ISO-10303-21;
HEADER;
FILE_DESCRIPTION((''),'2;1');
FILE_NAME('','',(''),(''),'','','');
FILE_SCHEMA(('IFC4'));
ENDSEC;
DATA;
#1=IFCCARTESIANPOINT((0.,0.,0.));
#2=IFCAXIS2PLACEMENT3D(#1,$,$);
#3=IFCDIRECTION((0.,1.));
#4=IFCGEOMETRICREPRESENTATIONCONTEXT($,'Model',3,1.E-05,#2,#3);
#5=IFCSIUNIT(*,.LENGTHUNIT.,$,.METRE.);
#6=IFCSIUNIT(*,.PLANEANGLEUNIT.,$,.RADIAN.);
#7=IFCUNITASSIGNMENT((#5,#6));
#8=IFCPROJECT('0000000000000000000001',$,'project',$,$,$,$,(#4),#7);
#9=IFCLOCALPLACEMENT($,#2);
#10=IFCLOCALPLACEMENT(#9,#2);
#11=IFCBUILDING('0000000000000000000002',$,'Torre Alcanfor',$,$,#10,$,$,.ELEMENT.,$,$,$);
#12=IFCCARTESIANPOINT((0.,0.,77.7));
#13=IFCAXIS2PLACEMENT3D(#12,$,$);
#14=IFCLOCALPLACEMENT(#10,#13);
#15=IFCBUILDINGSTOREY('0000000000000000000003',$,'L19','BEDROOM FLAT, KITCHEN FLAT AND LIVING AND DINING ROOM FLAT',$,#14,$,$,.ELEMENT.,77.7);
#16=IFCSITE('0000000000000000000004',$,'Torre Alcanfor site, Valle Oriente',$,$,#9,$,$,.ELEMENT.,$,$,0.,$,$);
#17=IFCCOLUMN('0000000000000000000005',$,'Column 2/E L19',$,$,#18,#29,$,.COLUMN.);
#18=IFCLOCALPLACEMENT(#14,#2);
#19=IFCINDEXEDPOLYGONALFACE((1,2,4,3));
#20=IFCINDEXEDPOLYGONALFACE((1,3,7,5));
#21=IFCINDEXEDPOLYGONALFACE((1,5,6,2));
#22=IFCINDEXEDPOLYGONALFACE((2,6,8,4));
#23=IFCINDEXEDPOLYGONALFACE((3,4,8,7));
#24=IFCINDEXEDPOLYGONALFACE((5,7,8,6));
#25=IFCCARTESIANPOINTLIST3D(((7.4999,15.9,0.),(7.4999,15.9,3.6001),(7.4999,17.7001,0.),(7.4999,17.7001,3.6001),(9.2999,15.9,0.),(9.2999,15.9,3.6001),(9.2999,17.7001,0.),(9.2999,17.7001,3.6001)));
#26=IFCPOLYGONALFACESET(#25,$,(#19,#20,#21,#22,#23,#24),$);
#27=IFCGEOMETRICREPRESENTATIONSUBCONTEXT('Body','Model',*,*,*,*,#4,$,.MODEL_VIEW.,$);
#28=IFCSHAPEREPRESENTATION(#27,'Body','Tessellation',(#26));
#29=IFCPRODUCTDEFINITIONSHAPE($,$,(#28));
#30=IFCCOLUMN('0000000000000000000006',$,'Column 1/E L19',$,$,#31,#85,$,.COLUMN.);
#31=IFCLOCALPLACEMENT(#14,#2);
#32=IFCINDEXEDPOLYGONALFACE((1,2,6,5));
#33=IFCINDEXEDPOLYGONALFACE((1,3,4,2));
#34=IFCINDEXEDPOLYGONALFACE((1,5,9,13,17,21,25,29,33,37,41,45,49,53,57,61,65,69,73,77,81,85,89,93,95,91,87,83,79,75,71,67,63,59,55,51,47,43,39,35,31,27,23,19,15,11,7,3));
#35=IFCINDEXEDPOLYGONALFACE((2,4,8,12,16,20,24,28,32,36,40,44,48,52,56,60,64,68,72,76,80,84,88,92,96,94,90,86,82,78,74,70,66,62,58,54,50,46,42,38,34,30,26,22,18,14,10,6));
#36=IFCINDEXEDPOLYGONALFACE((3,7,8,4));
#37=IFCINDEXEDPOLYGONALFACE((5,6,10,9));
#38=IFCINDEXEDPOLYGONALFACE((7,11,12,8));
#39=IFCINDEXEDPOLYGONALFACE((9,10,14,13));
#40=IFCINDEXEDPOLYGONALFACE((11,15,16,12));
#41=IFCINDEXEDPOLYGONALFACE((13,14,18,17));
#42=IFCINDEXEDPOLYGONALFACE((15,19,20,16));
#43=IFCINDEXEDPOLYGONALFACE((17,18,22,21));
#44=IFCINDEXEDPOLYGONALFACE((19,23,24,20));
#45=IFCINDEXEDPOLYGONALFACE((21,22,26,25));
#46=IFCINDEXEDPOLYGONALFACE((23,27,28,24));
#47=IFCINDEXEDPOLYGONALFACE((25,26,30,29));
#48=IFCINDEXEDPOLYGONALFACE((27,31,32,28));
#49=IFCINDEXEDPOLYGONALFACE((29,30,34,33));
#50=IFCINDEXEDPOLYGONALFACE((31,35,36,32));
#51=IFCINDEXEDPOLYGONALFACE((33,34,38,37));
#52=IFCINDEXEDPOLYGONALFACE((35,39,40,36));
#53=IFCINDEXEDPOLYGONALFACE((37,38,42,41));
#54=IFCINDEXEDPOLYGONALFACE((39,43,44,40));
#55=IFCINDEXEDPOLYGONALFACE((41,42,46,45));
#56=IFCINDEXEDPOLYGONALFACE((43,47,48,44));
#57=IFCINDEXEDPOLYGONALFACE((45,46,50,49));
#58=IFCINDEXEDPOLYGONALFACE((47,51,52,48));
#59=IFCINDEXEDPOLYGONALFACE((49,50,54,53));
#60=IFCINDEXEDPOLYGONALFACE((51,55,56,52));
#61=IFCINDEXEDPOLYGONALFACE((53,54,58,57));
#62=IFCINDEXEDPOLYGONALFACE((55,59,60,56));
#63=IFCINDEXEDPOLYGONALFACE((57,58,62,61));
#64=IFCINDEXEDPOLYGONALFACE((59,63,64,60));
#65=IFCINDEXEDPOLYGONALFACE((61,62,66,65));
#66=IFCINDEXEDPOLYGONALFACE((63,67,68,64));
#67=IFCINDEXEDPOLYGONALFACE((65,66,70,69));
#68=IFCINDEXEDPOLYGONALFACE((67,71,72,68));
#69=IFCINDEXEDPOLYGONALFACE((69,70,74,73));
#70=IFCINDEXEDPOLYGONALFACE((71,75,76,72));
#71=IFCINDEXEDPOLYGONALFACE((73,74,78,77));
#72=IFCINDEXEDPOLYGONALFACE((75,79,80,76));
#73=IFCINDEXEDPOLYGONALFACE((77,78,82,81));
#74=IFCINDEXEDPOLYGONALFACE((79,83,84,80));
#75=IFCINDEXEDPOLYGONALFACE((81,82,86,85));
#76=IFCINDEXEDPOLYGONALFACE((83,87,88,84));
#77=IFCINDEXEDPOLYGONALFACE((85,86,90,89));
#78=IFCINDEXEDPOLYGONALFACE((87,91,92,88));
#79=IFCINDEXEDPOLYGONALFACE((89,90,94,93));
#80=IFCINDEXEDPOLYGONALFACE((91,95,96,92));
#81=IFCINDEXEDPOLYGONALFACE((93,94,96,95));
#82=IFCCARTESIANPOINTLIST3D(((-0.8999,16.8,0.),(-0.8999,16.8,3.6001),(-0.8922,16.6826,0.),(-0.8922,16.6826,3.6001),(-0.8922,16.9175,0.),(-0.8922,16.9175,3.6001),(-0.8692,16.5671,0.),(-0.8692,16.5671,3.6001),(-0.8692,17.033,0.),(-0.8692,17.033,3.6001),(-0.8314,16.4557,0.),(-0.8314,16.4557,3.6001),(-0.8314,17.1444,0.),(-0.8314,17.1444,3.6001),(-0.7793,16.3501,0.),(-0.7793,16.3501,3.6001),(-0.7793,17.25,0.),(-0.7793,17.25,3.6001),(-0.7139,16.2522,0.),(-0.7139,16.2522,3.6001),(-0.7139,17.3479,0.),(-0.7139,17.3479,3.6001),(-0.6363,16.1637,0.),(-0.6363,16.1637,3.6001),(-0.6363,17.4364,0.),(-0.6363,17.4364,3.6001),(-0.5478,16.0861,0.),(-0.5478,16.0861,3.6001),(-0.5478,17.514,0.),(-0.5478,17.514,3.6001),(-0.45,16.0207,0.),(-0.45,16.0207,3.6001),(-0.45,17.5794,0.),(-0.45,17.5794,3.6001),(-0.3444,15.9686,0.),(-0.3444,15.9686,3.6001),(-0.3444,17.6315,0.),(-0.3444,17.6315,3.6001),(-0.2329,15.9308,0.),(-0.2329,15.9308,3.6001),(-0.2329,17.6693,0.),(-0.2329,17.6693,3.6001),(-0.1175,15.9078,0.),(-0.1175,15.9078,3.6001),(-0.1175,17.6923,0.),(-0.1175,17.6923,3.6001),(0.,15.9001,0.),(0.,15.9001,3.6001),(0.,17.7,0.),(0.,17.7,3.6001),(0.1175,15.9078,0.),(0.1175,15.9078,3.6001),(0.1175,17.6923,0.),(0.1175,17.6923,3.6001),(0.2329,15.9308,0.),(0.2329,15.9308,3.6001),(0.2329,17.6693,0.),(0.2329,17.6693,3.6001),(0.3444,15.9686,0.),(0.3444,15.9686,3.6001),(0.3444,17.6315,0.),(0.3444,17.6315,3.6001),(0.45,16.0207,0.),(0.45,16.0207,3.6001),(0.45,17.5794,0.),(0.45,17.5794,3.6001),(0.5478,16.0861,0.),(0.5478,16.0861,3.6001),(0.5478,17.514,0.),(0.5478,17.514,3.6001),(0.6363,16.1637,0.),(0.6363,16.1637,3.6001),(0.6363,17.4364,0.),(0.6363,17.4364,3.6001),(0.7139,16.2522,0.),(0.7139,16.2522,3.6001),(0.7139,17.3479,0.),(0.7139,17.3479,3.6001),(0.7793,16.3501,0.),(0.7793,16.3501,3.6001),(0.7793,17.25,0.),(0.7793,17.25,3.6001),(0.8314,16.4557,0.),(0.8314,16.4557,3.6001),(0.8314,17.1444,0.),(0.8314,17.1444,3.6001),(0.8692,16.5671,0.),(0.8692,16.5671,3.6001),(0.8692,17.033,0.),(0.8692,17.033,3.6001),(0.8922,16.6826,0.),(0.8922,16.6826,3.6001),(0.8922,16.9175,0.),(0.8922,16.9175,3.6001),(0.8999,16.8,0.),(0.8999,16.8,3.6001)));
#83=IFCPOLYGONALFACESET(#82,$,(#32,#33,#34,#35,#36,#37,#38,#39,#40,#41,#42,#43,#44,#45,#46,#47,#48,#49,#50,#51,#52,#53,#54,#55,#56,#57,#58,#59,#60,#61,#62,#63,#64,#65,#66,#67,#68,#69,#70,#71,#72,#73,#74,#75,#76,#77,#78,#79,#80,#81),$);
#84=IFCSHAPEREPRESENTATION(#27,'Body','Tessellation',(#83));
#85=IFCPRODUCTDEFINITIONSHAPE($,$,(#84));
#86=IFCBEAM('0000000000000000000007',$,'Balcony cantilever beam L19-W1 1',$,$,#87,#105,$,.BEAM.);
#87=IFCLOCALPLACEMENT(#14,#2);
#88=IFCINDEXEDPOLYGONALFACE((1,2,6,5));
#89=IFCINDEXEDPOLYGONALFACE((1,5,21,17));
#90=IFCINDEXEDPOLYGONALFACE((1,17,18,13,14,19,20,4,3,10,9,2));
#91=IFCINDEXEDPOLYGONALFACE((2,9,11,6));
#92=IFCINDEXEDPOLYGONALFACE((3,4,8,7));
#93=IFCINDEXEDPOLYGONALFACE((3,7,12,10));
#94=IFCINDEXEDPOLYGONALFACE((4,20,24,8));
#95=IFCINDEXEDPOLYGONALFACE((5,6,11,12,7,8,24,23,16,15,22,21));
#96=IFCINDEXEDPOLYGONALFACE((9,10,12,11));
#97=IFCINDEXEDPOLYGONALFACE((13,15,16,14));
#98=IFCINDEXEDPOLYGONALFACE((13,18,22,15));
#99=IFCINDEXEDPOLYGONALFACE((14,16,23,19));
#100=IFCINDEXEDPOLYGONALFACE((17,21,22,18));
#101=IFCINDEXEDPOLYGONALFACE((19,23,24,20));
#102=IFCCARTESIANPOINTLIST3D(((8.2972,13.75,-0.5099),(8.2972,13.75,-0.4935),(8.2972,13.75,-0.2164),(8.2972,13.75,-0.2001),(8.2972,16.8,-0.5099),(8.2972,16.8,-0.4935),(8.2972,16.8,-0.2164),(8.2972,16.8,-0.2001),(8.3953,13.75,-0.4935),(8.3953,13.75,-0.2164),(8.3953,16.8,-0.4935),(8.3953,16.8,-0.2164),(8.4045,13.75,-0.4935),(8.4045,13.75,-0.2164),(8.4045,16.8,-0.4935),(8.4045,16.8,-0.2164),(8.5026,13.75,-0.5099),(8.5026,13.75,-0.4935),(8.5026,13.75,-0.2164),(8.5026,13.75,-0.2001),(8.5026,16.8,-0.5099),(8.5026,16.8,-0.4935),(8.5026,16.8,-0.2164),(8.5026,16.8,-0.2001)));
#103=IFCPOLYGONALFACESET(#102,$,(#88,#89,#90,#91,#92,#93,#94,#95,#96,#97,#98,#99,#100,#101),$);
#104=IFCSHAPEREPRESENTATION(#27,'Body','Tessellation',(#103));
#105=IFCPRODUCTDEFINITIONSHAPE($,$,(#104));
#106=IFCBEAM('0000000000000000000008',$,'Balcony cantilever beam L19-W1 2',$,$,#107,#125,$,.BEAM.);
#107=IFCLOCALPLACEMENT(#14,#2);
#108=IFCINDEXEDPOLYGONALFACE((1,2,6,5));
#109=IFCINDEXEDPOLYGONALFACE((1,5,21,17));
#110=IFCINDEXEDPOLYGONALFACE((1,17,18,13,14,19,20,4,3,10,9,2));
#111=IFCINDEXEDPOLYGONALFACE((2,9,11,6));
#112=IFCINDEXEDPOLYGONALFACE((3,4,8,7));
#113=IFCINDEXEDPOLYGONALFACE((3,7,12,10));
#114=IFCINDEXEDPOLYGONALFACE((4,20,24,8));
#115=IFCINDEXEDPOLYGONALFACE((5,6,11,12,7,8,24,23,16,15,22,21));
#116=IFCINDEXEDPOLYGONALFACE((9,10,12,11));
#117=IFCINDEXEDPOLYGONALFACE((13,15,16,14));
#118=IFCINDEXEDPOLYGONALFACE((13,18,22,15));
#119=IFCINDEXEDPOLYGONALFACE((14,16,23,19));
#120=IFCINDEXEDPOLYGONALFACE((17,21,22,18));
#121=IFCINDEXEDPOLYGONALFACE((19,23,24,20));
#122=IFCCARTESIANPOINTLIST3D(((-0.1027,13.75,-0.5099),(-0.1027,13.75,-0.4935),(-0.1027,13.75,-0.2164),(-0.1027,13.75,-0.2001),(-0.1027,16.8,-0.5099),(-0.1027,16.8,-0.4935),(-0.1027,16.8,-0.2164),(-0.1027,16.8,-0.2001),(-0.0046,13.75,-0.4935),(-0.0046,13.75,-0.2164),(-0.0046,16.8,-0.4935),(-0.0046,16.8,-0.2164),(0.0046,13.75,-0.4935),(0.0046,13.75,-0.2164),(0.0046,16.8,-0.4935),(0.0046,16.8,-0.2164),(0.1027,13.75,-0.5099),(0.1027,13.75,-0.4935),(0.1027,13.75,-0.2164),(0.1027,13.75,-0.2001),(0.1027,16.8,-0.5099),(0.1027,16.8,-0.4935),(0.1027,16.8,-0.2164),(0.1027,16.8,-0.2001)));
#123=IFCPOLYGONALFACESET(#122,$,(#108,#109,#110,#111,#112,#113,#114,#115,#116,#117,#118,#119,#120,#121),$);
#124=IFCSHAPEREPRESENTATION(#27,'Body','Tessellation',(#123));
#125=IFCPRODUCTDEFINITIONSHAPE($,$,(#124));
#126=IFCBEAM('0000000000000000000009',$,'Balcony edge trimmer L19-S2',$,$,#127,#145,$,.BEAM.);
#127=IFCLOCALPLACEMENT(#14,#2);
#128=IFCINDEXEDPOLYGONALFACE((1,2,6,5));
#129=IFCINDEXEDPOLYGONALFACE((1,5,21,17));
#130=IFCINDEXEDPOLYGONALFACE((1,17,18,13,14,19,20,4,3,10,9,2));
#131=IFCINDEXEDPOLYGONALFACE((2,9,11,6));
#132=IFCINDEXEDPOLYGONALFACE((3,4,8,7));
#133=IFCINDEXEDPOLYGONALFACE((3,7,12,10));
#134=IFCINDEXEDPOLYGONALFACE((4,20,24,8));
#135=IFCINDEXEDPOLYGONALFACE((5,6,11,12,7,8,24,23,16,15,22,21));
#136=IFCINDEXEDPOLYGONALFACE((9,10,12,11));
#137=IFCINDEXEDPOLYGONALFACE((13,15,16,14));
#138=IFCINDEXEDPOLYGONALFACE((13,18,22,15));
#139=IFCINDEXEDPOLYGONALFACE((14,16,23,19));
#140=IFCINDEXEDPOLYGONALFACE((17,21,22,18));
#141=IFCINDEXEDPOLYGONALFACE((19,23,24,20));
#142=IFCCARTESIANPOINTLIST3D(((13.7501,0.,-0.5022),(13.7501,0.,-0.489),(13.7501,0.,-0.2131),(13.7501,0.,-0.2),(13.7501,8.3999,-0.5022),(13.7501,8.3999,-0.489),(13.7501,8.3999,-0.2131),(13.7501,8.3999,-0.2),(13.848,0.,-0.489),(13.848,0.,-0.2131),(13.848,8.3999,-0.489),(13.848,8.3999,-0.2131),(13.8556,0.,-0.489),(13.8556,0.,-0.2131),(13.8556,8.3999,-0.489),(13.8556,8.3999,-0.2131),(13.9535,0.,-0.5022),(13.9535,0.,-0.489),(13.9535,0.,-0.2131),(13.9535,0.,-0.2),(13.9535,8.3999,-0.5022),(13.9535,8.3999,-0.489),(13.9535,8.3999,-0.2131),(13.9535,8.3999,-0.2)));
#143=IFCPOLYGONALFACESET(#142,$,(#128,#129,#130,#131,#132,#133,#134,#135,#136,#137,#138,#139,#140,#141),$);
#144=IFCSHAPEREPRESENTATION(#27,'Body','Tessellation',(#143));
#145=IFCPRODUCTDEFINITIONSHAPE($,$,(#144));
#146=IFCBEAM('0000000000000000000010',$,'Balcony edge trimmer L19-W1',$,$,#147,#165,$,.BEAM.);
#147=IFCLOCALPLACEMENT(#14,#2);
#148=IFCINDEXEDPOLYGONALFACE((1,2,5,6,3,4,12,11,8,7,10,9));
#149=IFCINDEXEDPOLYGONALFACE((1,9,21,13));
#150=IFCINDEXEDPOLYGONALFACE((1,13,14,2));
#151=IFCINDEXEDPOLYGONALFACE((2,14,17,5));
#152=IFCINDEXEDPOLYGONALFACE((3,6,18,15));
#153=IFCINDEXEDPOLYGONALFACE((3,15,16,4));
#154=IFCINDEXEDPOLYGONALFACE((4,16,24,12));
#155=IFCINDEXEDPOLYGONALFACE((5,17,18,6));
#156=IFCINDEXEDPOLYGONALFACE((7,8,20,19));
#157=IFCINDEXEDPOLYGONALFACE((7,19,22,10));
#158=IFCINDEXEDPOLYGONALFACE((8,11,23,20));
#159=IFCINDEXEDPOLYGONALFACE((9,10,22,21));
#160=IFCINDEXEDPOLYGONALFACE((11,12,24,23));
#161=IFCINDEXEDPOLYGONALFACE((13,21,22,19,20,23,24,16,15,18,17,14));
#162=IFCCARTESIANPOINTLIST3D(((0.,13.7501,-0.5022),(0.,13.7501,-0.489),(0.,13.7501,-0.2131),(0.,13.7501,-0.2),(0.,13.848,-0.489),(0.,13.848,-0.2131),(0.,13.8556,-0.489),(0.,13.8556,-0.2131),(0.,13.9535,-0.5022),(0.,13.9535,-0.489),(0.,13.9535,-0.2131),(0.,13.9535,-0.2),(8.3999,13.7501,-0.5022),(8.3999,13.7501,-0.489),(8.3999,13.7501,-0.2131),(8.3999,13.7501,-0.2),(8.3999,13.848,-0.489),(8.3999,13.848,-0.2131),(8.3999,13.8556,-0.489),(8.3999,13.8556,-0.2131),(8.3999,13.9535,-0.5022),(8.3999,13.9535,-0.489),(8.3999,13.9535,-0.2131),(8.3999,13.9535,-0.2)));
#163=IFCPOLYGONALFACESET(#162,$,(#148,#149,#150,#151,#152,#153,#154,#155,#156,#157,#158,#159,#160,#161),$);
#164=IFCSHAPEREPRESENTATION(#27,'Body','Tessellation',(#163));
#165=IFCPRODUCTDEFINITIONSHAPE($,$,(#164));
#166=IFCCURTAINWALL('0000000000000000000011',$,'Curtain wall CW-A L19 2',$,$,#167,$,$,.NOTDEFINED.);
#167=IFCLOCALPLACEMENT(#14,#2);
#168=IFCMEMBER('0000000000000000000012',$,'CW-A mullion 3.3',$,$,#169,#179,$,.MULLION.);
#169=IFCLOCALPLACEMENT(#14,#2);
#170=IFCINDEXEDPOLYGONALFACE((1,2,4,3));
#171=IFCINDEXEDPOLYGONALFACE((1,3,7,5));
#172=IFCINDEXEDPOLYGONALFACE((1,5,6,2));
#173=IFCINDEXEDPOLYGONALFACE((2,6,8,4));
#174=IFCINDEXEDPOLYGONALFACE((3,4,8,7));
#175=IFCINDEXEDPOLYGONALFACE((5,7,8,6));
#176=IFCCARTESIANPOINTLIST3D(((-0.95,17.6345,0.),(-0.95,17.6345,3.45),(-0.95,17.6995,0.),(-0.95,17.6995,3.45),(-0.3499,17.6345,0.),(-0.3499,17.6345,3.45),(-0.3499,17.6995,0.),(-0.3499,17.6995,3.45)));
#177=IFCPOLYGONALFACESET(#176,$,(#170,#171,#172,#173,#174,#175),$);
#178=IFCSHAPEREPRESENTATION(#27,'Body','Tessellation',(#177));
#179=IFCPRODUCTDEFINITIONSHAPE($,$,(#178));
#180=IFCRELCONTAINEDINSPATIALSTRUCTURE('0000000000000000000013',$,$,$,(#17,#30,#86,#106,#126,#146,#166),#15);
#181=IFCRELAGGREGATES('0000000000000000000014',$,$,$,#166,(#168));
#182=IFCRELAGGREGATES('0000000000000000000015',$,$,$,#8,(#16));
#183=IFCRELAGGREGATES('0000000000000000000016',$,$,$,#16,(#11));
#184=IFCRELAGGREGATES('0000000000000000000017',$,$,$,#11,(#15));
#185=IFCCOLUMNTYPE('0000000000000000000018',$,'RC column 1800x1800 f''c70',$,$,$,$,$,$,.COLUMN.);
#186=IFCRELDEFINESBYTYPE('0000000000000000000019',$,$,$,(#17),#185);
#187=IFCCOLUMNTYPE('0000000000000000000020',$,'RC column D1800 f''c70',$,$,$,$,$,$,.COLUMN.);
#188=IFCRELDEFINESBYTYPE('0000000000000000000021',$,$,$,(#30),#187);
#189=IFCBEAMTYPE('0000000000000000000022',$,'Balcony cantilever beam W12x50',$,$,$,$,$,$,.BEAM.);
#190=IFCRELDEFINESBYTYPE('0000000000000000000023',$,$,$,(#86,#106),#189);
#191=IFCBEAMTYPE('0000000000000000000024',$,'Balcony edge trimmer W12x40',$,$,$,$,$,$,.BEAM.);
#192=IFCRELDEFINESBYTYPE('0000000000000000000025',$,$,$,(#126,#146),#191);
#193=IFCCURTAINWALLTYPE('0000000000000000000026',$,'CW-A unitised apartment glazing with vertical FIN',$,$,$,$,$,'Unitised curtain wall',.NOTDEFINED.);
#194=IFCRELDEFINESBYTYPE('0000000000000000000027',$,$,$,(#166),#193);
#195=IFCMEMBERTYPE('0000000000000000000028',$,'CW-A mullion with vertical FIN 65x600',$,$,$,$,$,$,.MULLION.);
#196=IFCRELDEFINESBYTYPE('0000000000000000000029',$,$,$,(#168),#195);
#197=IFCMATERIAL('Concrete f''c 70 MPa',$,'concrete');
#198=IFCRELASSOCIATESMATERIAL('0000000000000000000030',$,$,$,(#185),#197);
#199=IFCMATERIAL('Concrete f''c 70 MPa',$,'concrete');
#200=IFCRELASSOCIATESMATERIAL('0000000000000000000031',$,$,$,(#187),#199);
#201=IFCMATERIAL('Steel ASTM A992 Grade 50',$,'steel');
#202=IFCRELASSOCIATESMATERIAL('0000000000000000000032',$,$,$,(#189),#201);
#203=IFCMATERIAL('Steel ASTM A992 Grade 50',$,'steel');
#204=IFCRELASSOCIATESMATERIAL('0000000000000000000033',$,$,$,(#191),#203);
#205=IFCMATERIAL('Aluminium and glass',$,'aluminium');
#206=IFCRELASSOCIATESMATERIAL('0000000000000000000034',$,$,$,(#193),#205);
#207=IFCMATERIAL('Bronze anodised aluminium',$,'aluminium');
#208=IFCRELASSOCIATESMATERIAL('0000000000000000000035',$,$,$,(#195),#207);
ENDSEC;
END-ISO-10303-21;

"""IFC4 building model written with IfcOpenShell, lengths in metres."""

from ifc_helpers import new_model, si_unit, direction, frame, origin, origin_2d, place, context, subcontext, project, spatial, rectangle, circle, i_section, extrude, material, material_profile, profile_set, type_object, element, aggregate, save


model = new_model("IFC4")

# Units and contexts
model_context = context("Model", 3, precision=1e-05, world=origin(), true_north=direction((0.0, 1.0)))
body_context = subcontext(model_context, "Body", "Model", "MODEL_VIEW")
ifc_project = project(units=[si_unit("LENGTHUNIT", "METRE"), si_unit("PLANEANGLEUNIT", "RADIAN")], contexts=[model_context])

# Site, building, storey
site_placement = place(None, origin())
site = spatial("IfcSite", under=ifc_project, at=site_placement, Name="Torre Alcanfor site, Valle Oriente", CompositionType="ELEMENT", RefElevation=0.0)
building_placement = place(site_placement, origin())
building = spatial("IfcBuilding", under=site, at=building_placement, Name="Torre Alcanfor", CompositionType="ELEMENT")
storey_placement = place(building_placement, frame((0.0, 0.0, 77.7)))
storey = spatial("IfcBuildingStorey", under=building, at=storey_placement, Name="L19", Description="BEDROOM FLAT, KITCHEN FLAT AND LIVING AND DINING ROOM FLAT", CompositionType="ELEMENT", Elevation=77.7)

# Columns
ifc_material_1 = material(Name="Concrete f'c 70 MPa", Category="concrete")
ifc_material_profile_1 = material_profile(ifc_material_1, rectangle(XDim=1.8, YDim=1.8, at=origin_2d()), Name="1800x1800")
ifc_profile_set_1 = profile_set([ifc_material_profile_1], Name="Concrete f'c 70 MPa")
column_type_1 = type_object("IfcColumnType", Name="RC column 1800x1800 f'c70", PredefinedType="COLUMN", material=ifc_profile_set_1)
column_1_placement = place(storey_placement, frame((8.3999, 16.8, 0.0), z_axis=(0.0, 0.0, 1.0), x_axis=(1.0, 0.0, 0.0)))
element("IfcColumn", 1, at=column_1_placement, inside=storey, type_object=column_type_1, Name="Column 2/E L19", PredefinedType="COLUMN", context=body_context, shape_type="SweptSolid", body=[
    extrude(rectangle(XDim=1.8, YDim=1.8, at=origin_2d()), origin(), (0.0, 0.0, 1.0), 3.6001),
])
ifc_material_2 = material(Name="Concrete f'c 70 MPa", Category="concrete")
ifc_material_profile_2 = material_profile(ifc_material_2, circle(Radius=0.8999, at=origin_2d()), Name="D1800")
ifc_profile_set_2 = profile_set([ifc_material_profile_2], Name="Concrete f'c 70 MPa")
column_type_2 = type_object("IfcColumnType", Name="RC column D1800 f'c70", PredefinedType="COLUMN", material=ifc_profile_set_2)
column_2_placement = place(storey_placement, frame((0.0, 16.8, 0.0), z_axis=(0.0, 0.0, 1.0), x_axis=(1.0, 0.0, 0.0)))
element("IfcColumn", 2, at=column_2_placement, inside=storey, type_object=column_type_2, Name="Column 1/E L19", PredefinedType="COLUMN", context=body_context, shape_type="SweptSolid", body=[
    extrude(circle(Radius=0.8999, at=origin_2d()), origin(), (0.0, 0.0, 1.0), 3.6001),
])

# Beams
ifc_material_3 = material(Name="Steel ASTM A992 Grade 50", Category="steel")
ifc_material_profile_3 = material_profile(ifc_material_3, i_section(OverallWidth=0.2053, OverallDepth=0.3098, WebThickness=0.0093, FlangeThickness=0.0164, at=origin_2d()), Name="W12x50")
ifc_profile_set_3 = profile_set([ifc_material_profile_3], Name="Steel ASTM A992 Grade 50")
beam_type_1 = type_object("IfcBeamType", Name="Balcony cantilever beam W12x50", PredefinedType="BEAM", material=ifc_profile_set_3)
for number, where, z_axis, x_axis, name in (
    (3, (8.3999, 16.8, -0.355), (0.0, -1.0, 0.0), (1.0, 0.0, 0.0), "Balcony cantilever beam L19-W1 1"),
    (4, (0.0, 16.8, -0.355), (0.0, -1.0, 0.0), (1.0, 0.0, 0.0), "Balcony cantilever beam L19-W1 2"),
):
    element("IfcBeam", number, at=place(storey_placement, frame(where, z_axis=z_axis, x_axis=x_axis)), inside=storey, type_object=beam_type_1, Name=name, PredefinedType="BEAM", context=body_context, shape_type="SweptSolid", body=[
        extrude(i_section(OverallWidth=0.2053, OverallDepth=0.3098, WebThickness=0.0093, FlangeThickness=0.0164, at=origin_2d()), origin(), (0.0, 0.0, 1.0), 3.05),
    ])
ifc_material_4 = material(Name="Steel ASTM A992 Grade 50", Category="steel")
ifc_material_profile_4 = material_profile(ifc_material_4, i_section(OverallWidth=0.2034, OverallDepth=0.3022, WebThickness=0.0076, FlangeThickness=0.0132, at=origin_2d()), Name="W12x40")
ifc_profile_set_4 = profile_set([ifc_material_profile_4], Name="Steel ASTM A992 Grade 50")
beam_type_2 = type_object("IfcBeamType", Name="Balcony edge trimmer W12x40", PredefinedType="BEAM", material=ifc_profile_set_4)
for number, where, z_axis, x_axis, name in (
    (5, (13.8518, 8.3999, -0.3511), (0.0, -1.0, 0.0), (1.0, 0.0, 0.0), "Balcony edge trimmer L19-S2"),
    (6, (8.3999, 13.8518, -0.3511), (-1.0, 0.0, 0.0), (0.0, -1.0, 0.0), "Balcony edge trimmer L19-W1"),
):
    element("IfcBeam", number, at=place(storey_placement, frame(where, z_axis=z_axis, x_axis=x_axis)), inside=storey, type_object=beam_type_2, Name=name, PredefinedType="BEAM", context=body_context, shape_type="SweptSolid", body=[
        extrude(i_section(OverallWidth=0.2034, OverallDepth=0.3022, WebThickness=0.0076, FlangeThickness=0.0132, at=origin_2d()), origin(), (0.0, 0.0, 1.0), 8.3999),
    ])

# Curtain wall, member
ifc_material_5 = material(Name="Aluminium and glass", Category="aluminium")
curtain_wall_type = type_object("IfcCurtainWallType", Name="CW-A unitised apartment glazing with vertical FIN", ElementType="Unitised curtain wall", PredefinedType="NOTDEFINED", material=ifc_material_5)
curtain_wall_placement = place(storey_placement, origin())
curtain_wall = element("IfcCurtainWall", 7, at=curtain_wall_placement, inside=storey, type_object=curtain_wall_type, Name="Curtain wall CW-A L19 2", PredefinedType="NOTDEFINED")
ifc_material_6 = material(Name="Bronze anodised aluminium", Category="aluminium")
ifc_material_profile_5 = material_profile(ifc_material_6, rectangle(XDim=0.6001, YDim=0.0649, at=origin_2d()), Name="CW-A mullion 65x600")
ifc_profile_set_5 = profile_set([ifc_material_profile_5], Name="Bronze anodised aluminium")
member_type = type_object("IfcMemberType", Name="CW-A mullion with vertical FIN 65x600", PredefinedType="MULLION", material=ifc_profile_set_5)
member_placement = place(storey_placement, frame((-0.6499, 17.667, 0.0), z_axis=(0.0, 0.0, 1.0), x_axis=(1.0, 0.0, 0.0)))
member = element("IfcMember", 8, at=member_placement, type_object=member_type, Name="CW-A mullion 3.3", PredefinedType="MULLION", context=body_context, shape_type="SweptSolid", body=[
    extrude(rectangle(XDim=0.6001, YDim=0.0649, at=origin_2d()), origin(), (0.0, 0.0, 1.0), 3.45),
])
aggregate(curtain_wall, [member])

save(model, "model.ifc")
